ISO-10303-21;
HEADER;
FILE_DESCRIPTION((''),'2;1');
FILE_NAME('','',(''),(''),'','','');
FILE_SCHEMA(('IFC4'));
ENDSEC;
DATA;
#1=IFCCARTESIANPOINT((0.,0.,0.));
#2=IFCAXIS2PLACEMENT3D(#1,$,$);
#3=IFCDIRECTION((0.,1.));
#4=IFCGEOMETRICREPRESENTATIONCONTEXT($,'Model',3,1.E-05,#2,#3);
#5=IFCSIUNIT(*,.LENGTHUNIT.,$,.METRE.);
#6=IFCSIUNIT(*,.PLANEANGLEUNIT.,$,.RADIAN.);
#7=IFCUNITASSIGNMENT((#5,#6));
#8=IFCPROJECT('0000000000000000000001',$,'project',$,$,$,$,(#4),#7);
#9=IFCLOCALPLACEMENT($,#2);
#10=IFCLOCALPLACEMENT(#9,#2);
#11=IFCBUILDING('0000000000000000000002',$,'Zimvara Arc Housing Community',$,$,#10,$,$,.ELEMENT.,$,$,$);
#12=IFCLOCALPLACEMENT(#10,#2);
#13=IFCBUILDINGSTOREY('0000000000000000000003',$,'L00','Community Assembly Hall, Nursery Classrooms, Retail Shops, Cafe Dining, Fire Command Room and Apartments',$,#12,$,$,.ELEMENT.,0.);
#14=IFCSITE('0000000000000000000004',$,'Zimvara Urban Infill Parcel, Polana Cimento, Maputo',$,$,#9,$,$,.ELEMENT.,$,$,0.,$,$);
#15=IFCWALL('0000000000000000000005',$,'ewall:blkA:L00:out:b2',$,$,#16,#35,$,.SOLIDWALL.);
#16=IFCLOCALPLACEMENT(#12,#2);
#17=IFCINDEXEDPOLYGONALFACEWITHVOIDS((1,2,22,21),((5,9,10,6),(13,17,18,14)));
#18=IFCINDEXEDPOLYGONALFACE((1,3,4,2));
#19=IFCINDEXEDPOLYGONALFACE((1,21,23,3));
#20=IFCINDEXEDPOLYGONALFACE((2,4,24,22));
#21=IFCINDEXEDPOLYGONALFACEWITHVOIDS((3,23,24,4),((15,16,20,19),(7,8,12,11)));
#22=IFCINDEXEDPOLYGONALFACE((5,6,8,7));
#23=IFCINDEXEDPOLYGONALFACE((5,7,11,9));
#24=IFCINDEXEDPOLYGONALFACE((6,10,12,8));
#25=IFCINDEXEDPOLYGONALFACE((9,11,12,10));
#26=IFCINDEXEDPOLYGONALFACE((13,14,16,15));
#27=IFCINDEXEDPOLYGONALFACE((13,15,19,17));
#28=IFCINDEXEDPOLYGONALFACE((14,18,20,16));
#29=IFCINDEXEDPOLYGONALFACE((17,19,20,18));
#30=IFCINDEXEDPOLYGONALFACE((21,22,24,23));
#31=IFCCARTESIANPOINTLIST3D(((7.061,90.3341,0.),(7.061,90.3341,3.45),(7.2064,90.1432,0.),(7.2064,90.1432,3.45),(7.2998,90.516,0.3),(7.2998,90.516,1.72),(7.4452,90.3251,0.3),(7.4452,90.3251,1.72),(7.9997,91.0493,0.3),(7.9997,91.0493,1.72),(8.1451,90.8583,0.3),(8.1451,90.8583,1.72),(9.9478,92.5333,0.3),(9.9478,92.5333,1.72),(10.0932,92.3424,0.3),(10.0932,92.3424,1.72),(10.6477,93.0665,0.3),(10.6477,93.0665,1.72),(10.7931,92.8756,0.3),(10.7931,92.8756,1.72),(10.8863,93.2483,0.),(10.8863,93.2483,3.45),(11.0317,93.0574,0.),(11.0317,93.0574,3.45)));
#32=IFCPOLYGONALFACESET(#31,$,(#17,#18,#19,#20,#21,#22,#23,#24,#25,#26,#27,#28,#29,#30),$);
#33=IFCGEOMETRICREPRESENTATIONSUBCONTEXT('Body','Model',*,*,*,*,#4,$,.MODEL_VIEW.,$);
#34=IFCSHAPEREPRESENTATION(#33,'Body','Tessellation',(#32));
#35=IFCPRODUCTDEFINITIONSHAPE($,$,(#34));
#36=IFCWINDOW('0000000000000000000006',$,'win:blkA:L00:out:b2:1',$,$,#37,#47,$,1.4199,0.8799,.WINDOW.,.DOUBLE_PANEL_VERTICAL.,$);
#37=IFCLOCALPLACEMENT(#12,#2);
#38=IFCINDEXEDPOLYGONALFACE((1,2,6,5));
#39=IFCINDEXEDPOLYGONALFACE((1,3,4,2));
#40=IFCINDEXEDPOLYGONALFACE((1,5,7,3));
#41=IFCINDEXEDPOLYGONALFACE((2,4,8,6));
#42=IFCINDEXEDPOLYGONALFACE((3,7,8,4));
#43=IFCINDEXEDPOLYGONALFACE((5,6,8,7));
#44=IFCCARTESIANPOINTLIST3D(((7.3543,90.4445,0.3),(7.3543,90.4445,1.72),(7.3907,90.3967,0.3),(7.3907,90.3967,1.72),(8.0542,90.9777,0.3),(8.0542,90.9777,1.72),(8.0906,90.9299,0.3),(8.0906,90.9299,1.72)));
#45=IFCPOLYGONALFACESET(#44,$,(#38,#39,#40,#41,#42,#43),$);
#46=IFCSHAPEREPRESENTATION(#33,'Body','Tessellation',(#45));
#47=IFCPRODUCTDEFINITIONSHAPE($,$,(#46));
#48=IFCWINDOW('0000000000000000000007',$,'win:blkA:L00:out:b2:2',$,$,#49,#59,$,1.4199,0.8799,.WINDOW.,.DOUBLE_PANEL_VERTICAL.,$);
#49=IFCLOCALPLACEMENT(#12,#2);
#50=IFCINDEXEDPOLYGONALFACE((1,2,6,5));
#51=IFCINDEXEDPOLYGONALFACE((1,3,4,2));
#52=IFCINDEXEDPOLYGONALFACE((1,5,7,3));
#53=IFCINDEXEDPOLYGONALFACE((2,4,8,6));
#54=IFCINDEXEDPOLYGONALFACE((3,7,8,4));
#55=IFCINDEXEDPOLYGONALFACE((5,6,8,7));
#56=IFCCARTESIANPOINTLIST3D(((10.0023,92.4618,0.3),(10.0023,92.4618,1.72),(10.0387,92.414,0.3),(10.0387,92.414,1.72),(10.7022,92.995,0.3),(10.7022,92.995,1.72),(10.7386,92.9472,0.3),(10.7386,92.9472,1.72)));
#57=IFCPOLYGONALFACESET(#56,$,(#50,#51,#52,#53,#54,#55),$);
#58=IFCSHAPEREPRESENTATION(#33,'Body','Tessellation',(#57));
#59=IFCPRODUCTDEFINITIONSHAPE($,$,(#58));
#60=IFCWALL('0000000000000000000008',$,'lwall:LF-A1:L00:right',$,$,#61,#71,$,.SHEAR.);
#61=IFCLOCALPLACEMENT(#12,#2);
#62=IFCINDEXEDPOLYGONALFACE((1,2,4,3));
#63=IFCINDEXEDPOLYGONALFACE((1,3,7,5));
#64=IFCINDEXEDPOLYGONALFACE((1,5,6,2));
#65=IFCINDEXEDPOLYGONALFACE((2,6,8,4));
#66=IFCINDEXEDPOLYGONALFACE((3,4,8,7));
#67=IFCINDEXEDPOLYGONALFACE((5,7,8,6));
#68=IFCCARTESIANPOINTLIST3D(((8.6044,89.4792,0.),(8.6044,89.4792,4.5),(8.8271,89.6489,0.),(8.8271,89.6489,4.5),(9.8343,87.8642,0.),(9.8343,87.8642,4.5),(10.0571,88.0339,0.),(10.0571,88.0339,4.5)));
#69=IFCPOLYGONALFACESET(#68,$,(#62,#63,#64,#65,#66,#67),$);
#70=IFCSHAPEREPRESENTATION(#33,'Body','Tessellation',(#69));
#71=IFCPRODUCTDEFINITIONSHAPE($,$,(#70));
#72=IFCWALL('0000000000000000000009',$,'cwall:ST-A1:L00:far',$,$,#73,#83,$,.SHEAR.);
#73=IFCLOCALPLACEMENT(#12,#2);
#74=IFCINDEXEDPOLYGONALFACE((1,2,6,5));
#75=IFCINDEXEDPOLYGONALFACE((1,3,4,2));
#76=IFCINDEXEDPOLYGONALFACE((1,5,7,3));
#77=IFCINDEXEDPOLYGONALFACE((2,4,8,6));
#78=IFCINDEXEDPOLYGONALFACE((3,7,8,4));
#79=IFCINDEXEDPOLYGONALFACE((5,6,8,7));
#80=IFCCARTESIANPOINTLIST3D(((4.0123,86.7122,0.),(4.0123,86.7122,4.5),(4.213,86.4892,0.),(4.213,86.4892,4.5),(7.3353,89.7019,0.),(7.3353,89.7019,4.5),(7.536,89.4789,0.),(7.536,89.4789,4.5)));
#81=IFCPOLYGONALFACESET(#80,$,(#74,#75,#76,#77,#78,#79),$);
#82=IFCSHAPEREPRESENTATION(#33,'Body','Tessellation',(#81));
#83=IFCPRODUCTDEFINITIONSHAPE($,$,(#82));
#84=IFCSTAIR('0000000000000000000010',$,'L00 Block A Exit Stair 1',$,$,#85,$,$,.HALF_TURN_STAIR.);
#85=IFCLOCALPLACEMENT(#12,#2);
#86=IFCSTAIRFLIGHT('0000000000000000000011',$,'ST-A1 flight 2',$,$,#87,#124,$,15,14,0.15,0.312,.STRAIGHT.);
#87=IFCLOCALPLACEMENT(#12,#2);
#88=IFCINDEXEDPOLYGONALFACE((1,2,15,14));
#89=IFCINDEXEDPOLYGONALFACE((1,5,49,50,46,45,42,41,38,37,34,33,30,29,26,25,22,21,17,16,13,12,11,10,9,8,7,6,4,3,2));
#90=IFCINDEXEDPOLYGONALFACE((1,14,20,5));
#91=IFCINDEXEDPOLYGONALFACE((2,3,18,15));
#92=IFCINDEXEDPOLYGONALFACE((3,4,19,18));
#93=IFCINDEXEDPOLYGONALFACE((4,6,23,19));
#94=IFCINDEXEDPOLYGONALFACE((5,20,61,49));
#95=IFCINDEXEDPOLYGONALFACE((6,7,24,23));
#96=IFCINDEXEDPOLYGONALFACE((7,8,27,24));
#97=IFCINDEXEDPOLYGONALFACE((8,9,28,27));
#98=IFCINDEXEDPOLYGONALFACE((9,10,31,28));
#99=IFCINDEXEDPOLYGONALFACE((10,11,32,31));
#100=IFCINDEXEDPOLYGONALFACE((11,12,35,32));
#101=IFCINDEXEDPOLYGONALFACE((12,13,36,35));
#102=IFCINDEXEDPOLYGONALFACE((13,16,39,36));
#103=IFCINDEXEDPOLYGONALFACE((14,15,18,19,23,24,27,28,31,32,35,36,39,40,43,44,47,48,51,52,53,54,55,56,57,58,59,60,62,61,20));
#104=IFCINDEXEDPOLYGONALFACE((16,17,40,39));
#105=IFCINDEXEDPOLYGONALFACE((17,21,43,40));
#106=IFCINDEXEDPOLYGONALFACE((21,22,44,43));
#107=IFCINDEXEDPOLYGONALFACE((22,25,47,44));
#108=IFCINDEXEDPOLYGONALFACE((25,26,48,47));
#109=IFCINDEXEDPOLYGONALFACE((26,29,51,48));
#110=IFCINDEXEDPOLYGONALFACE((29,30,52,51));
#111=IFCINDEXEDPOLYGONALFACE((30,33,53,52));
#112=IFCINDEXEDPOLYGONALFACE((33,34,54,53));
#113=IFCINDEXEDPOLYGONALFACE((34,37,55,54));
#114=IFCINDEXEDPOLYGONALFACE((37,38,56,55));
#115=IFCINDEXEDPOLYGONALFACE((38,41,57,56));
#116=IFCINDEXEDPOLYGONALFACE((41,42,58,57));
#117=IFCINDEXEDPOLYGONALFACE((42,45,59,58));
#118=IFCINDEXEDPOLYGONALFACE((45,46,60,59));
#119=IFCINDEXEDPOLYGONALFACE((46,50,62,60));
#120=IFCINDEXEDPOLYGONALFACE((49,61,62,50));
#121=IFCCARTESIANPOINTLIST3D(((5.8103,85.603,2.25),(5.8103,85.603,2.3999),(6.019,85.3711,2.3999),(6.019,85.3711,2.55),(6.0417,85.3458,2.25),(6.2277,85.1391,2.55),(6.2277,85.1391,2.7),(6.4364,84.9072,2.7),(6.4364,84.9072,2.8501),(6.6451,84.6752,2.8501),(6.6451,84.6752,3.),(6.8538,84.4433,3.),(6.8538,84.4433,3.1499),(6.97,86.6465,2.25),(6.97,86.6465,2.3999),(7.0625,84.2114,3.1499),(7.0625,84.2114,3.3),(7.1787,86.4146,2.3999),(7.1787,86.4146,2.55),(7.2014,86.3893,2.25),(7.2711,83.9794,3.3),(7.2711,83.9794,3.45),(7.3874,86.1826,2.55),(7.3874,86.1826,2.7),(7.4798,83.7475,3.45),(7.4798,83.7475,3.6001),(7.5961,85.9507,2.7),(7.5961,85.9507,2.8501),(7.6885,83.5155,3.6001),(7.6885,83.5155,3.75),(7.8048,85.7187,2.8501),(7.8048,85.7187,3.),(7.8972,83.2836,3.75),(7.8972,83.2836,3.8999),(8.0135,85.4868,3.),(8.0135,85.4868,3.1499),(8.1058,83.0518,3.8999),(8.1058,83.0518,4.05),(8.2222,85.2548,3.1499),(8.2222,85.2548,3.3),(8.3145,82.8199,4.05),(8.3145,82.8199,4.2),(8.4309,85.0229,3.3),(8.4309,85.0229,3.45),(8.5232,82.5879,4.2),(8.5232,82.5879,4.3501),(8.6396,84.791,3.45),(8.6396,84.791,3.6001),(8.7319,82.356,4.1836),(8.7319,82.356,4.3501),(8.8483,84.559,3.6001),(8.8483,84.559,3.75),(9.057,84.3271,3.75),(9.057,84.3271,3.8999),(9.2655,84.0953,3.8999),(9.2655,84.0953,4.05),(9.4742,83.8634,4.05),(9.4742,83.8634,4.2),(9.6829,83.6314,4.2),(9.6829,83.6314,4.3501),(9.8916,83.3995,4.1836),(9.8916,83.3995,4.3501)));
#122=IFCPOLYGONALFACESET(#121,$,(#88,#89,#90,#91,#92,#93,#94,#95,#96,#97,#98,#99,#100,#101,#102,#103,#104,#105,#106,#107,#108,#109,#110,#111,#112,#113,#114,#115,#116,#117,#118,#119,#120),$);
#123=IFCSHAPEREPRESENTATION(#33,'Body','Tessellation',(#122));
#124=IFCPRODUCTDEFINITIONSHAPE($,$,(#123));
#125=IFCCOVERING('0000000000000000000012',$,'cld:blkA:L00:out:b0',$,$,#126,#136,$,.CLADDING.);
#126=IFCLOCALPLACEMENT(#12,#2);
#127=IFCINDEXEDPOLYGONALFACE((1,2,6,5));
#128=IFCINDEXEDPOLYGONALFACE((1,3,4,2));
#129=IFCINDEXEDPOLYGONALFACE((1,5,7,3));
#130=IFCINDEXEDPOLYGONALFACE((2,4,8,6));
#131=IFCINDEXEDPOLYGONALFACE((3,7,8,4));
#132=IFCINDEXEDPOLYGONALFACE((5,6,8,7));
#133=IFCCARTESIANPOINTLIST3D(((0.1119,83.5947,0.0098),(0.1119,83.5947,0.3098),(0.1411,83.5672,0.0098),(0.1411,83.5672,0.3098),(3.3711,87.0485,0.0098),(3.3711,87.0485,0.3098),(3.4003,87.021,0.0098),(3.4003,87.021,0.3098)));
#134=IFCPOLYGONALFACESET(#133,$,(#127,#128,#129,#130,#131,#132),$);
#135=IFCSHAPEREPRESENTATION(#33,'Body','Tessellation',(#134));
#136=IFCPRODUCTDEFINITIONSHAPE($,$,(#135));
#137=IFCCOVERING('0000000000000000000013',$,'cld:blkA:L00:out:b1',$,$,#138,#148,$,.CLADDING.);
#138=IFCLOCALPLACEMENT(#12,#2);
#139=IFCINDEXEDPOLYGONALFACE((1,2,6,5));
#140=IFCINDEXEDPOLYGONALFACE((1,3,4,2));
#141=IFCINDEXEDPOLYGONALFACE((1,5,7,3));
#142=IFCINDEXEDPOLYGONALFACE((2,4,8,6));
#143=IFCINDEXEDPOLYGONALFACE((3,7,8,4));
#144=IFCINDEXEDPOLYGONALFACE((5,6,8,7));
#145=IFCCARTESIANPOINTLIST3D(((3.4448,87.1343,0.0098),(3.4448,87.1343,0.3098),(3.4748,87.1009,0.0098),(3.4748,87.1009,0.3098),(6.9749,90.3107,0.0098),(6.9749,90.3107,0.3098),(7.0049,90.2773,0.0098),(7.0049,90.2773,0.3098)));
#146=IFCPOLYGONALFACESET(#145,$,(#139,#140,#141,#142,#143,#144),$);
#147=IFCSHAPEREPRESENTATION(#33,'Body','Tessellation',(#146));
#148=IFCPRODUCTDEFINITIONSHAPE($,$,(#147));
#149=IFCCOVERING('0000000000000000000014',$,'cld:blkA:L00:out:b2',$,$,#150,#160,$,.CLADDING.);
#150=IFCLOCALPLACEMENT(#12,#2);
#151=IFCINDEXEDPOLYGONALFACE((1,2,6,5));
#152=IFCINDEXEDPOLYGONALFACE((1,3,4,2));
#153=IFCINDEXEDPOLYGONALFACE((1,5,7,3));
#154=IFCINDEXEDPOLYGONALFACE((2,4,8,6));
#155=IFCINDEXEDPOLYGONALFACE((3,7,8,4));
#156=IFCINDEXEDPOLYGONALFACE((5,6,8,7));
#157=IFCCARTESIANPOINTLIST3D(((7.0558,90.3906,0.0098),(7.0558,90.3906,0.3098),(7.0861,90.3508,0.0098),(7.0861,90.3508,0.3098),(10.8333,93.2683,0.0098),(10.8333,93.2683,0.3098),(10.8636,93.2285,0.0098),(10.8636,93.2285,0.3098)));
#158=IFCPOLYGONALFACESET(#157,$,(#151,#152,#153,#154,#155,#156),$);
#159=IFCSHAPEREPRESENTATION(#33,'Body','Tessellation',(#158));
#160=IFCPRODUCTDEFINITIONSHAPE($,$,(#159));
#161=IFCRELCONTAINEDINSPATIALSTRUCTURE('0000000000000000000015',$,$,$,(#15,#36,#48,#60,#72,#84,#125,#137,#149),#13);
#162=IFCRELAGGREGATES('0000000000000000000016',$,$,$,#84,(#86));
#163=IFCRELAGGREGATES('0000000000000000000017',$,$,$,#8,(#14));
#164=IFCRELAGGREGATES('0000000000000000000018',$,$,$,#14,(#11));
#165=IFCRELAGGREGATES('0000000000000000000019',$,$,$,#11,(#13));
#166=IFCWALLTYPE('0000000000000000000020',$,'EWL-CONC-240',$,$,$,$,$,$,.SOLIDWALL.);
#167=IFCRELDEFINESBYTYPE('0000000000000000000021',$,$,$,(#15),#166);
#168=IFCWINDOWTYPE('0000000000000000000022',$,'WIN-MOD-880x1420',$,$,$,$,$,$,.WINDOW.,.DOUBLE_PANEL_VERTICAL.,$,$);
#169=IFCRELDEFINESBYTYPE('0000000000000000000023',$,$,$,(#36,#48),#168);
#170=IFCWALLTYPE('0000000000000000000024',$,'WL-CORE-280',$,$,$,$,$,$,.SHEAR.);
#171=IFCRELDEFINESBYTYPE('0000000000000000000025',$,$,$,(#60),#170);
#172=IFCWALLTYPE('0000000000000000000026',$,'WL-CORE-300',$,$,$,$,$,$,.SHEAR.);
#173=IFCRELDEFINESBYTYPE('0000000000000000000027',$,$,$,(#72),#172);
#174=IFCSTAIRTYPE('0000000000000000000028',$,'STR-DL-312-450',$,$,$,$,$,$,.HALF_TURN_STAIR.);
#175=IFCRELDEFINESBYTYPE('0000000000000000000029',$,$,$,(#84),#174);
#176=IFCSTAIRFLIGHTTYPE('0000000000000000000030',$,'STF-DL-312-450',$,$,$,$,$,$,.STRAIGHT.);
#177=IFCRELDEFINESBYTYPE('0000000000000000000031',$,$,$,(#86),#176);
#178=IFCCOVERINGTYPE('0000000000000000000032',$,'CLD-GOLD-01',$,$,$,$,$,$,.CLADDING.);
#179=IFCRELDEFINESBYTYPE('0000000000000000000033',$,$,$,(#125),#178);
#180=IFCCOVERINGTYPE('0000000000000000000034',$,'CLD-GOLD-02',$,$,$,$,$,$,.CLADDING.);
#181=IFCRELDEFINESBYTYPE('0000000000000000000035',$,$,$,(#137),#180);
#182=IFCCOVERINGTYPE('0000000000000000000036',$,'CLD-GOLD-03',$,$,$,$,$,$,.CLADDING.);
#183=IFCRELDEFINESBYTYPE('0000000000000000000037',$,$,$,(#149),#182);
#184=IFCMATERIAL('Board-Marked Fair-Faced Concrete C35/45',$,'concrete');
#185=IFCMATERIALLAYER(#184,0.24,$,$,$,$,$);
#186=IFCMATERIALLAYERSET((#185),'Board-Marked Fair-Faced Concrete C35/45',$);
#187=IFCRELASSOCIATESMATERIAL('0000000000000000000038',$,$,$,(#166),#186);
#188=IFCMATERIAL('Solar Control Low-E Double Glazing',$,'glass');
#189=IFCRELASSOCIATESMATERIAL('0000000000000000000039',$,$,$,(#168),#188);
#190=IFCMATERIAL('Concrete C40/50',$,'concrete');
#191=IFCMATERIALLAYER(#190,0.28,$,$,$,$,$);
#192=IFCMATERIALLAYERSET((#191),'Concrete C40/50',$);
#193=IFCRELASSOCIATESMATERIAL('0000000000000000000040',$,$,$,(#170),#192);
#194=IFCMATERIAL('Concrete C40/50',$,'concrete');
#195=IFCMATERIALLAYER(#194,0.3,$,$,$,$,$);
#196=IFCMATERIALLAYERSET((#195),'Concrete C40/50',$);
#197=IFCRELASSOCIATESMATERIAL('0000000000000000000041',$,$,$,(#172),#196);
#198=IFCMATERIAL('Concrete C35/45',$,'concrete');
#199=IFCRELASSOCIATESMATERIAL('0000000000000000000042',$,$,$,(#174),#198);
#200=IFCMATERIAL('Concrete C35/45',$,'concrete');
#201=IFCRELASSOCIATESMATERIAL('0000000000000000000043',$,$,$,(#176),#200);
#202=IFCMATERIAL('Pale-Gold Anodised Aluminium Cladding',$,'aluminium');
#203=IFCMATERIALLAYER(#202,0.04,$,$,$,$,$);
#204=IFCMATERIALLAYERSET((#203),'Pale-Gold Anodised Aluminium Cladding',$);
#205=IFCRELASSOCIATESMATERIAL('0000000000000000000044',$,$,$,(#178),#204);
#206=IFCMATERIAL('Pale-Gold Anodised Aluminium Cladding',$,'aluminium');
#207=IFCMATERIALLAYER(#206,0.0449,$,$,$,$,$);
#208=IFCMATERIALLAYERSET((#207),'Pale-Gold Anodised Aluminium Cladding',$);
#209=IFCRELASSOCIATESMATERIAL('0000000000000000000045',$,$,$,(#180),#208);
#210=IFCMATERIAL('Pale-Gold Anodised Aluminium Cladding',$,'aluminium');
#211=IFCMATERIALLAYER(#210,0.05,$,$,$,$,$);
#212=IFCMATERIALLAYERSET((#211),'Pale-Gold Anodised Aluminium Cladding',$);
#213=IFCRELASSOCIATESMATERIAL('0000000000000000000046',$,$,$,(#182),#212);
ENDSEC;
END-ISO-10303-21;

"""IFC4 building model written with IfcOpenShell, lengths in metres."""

from ifc_helpers import new_model, si_unit, direction, frame, frame_2d, origin, origin_2d, place, context, subcontext, project, spatial, polyline, rectangle, outline, extrude, material, layer, layer_set, type_object, element, fill, aggregate, save


model = new_model("IFC4")

# Units and contexts
model_context = context("Model", 3, precision=1e-05, world=origin(), true_north=direction((0.0, 1.0)))
body_context = subcontext(model_context, "Body", "Model", "MODEL_VIEW")
ifc_project = project(units=[si_unit("LENGTHUNIT", "METRE"), si_unit("PLANEANGLEUNIT", "RADIAN")], contexts=[model_context])

# Site, building, storey
site_placement = place(None, origin())
site = spatial("IfcSite", under=ifc_project, at=site_placement, Name="Zimvara Urban Infill Parcel, Polana Cimento, Maputo", CompositionType="ELEMENT", RefElevation=0.0)
building_placement = place(site_placement, origin())
building = spatial("IfcBuilding", under=site, at=building_placement, Name="Zimvara Arc Housing Community", CompositionType="ELEMENT")
storey_placement = place(building_placement, origin())
storey = spatial("IfcBuildingStorey", under=building, at=storey_placement, Name="L00", Description="Community Assembly Hall, Nursery Classrooms, Retail Shops, Cafe Dining, Fire Command Room and Apartments", CompositionType="ELEMENT", Elevation=0.0)

# Wall, openings, windows
ifc_material_1 = material(Name="Board-Marked Fair-Faced Concrete C35/45", Category="concrete")
ifc_layer_1 = layer(ifc_material_1, 0.24)
ifc_layer_set_1 = layer_set([ifc_layer_1], Name="Board-Marked Fair-Faced Concrete C35/45")
wall_type_1 = type_object("IfcWallType", Name="EWL-CONC-240", PredefinedType="SOLIDWALL", material=ifc_layer_set_1)
wall_1_placement = place(storey_placement, frame((7.1338, 90.2388, 0.0), z_axis=(0.0, 0.0, 1.0), x_axis=(0.795469, 0.605994, 0.0)))
wall_1 = element("IfcWall", 1, at=wall_1_placement, inside=storey, type_object=wall_type_1, Name="ewall:blkA:L00:out:b2", PredefinedType="SOLIDWALL", context=body_context, shape_type="SweptSolid", body=[
    extrude(rectangle(XDim=4.8088, YDim=0.24, at=frame_2d((2.4043, 0.0))), origin(), (0.0, 0.0, 1.0), 3.45),
])
opening_1_placement = place(wall_1_placement, frame((0.3, 0.0, 0.3)))
opening_1 = element("IfcOpeningElement", 2, at=opening_1_placement, cuts=wall_1, PredefinedType="OPENING", context=body_context, shape_type="SweptSolid", body=[
    extrude(rectangle(XDim=0.8799, YDim=1.4199, at=frame_2d((0.4399, 0.71))), frame((0.0, 0.1299, 0.0), z_axis=(0.0, -1.0, 0.0), x_axis=(1.0, 0.0, 0.0)), (0.0, 0.0, 1.0), 0.26),
])
opening_2_placement = place(wall_1_placement, frame((3.6289, 0.0, 0.3)))
opening_2 = element("IfcOpeningElement", 3, at=opening_2_placement, cuts=wall_1, PredefinedType="OPENING", context=body_context, shape_type="SweptSolid", body=[
    extrude(rectangle(XDim=0.8799, YDim=1.4199, at=frame_2d((0.4399, 0.71))), frame((0.0, 0.1299, 0.0), z_axis=(0.0, -1.0, 0.0), x_axis=(1.0, 0.0, 0.0)), (0.0, 0.0, 1.0), 0.26),
])
ifc_material_2 = material(Name="Solar Control Low-E Double Glazing", Category="glass")
window_type = type_object("IfcWindowType", Name="WIN-MOD-880x1420", PartitioningType="DOUBLE_PANEL_VERTICAL", PredefinedType="WINDOW", material=ifc_material_2)
window_1_placement = place(opening_1_placement, origin())
window_1 = element("IfcWindow", 4, at=window_1_placement, inside=storey, type_object=window_type, Name="win:blkA:L00:out:b2:1", OverallHeight=1.4199, OverallWidth=0.8799, PartitioningType="DOUBLE_PANEL_VERTICAL", PredefinedType="WINDOW", context=body_context, shape_type="SweptSolid", body=[
    extrude(rectangle(XDim=0.8799, YDim=1.4199, at=frame_2d((0.4399, 0.71))), frame((0.0, 0.03, 0.0), z_axis=(0.0, -1.0, 0.0), x_axis=(1.0, 0.0, 0.0)), (0.0, 0.0, 1.0), 0.0601),
])
fill(opening_1, window_1)
window_2_placement = place(opening_2_placement, origin())
window_2 = element("IfcWindow", 5, at=window_2_placement, inside=storey, type_object=window_type, Name="win:blkA:L00:out:b2:2", OverallHeight=1.4199, OverallWidth=0.8799, PartitioningType="DOUBLE_PANEL_VERTICAL", PredefinedType="WINDOW", context=body_context, shape_type="SweptSolid", body=[
    extrude(rectangle(XDim=0.8799, YDim=1.4199, at=frame_2d((0.4399, 0.71))), frame((0.0, 0.03, 0.0), z_axis=(0.0, -1.0, 0.0), x_axis=(1.0, 0.0, 0.0)), (0.0, 0.0, 1.0), 0.0601),
])
fill(opening_2, window_2)

# Walls
ifc_material_3 = material(Name="Concrete C40/50", Category="concrete")
ifc_layer_2 = layer(ifc_material_3, 0.28)
ifc_layer_set_2 = layer_set([ifc_layer_2], Name="Concrete C40/50")
wall_type_2 = type_object("IfcWallType", Name="WL-CORE-280", PredefinedType="SHEAR", material=ifc_layer_set_2)
wall_2_placement = place(storey_placement, frame((9.9458, 87.949, 0.0), z_axis=(0.0, 0.0, 1.0), x_axis=(-0.605891, 0.795548, 0.0)))
element("IfcWall", 6, at=wall_2_placement, inside=storey, type_object=wall_type_2, Name="lwall:LF-A1:L00:right", PredefinedType="SHEAR", context=body_context, shape_type="SweptSolid", body=[
    extrude(rectangle(XDim=2.03, YDim=0.28, at=frame_2d((1.0151, 0.0))), origin(), (0.0, 0.0, 1.0), 4.5),
])
ifc_material_4 = material(Name="Concrete C40/50", Category="concrete")
ifc_layer_3 = layer(ifc_material_4, 0.3)
ifc_layer_set_3 = layer_set([ifc_layer_3], Name="Concrete C40/50")
wall_type_3 = type_object("IfcWallType", Name="WL-CORE-300", PredefinedType="SHEAR", material=ifc_layer_set_3)
wall_3_placement = place(storey_placement, frame((7.4355, 89.5903, 0.0), z_axis=(0.0, 0.0, 1.0), x_axis=(-0.7434, -0.668847, 0.0)))
element("IfcWall", 7, at=wall_3_placement, inside=storey, type_object=wall_type_3, Name="cwall:ST-A1:L00:far", PredefinedType="SHEAR", context=body_context, shape_type="SweptSolid", body=[
    extrude(rectangle(XDim=4.47, YDim=0.3, at=frame_2d((2.2349, 0.0))), origin(), (0.0, 0.0, 1.0), 4.5),
])

# Stair, stair flight
ifc_material_5 = material(Name="Concrete C35/45", Category="concrete")
stair_type = type_object("IfcStairType", Name="STR-DL-312-450", PredefinedType="HALF_TURN_STAIR", material=ifc_material_5)
stair_placement = place(storey_placement, origin())
stair = element("IfcStair", 8, at=stair_placement, inside=storey, type_object=stair_type, Name="L00 Block A Exit Stair 1", PredefinedType="HALF_TURN_STAIR")
ifc_material_6 = material(Name="Concrete C35/45", Category="concrete")
stair_flight_type = type_object("IfcStairFlightType", Name="STF-DL-312-450", PredefinedType="STRAIGHT", material=ifc_material_6)
stair_flight_placement = place(storey_placement, frame((6.3901, 86.1248, 2.25), z_axis=(0.0, 0.0, 1.0), x_axis=(0.668871, -0.743378, 0.0)))
stair_flight = element("IfcStairFlight", 9, at=stair_flight_placement, type_object=stair_flight_type, Name="ST-A1 flight 2", NumberOfRisers=15, NumberOfTreads=14, PredefinedType="STRAIGHT", RiserHeight=0.15, TreadLength=0.312, context=body_context, shape_type="SweptSolid", body=[
    extrude(outline(polyline([(0.0, 0.0), (0.0, 0.1499), (0.312, 0.1499), (0.312, 0.3), (0.624, 0.3), (0.624, 0.45), (0.936, 0.45), (0.936, 0.6001), (1.248, 0.6001), (1.248, 0.75), (1.5601, 0.75), (1.5601, 0.8999), (1.8721, 0.8999), (1.8721, 1.05), (2.1841, 1.05), (2.1841, 1.2), (2.4961, 1.2), (2.4961, 1.3501), (2.8081, 1.3501), (2.8081, 1.5), (3.1201, 1.5), (3.1201, 1.6499), (3.4319, 1.6499), (3.4319, 1.8), (3.7439, 1.8), (3.7439, 1.95), (4.0559, 1.95), (4.0559, 2.1001), (4.3679, 2.1001), (4.3679, 2.25), (4.3679, 1.9336), (0.3459, 0.0), (0.0, 0.0)])), frame((0.0, 0.78, 0.0), z_axis=(0.0, -1.0, 0.0), x_axis=(1.0, 0.0, 0.0)), (0.0, 0.0, 1.0), 1.5601),
])
aggregate(stair, [stair_flight])

# Coverings
ifc_material_7 = material(Name="Pale-Gold Anodised Aluminium Cladding", Category="aluminium")
ifc_layer_4 = layer(ifc_material_7, 0.04)
ifc_layer_set_4 = layer_set([ifc_layer_4], Name="Pale-Gold Anodised Aluminium Cladding")
covering_type_1 = type_object("IfcCoveringType", Name="CLD-GOLD-01", PredefinedType="CLADDING", material=ifc_layer_set_4)
covering_1_placement = place(storey_placement, frame((1.7561, 85.3079, 0.0098), z_axis=(0.0, 0.0, 1.0), x_axis=(0.686326, 0.727294, 0.0)))
element("IfcCovering", 10, at=covering_1_placement, inside=storey, type_object=covering_type_1, Name="cld:blkA:L00:out:b0", PredefinedType="CLADDING", context=body_context, shape_type="SweptSolid", body=[
    extrude(rectangle(XDim=4.7488, YDim=0.04, at=origin_2d()), origin(), (0.0, 0.0, 1.0), 0.3),
])
ifc_material_8 = material(Name="Pale-Gold Anodised Aluminium Cladding", Category="aluminium")
ifc_layer_5 = layer(ifc_material_8, 0.0449)
ifc_layer_set_5 = layer_set([ifc_layer_5], Name="Pale-Gold Anodised Aluminium Cladding")
covering_type_2 = type_object("IfcCoveringType", Name="CLD-GOLD-02", PredefinedType="CLADDING", material=ifc_layer_set_5)
covering_2_placement = place(storey_placement, frame((5.2249, 88.7058, 0.0098), z_axis=(0.0, 0.0, 1.0), x_axis=(0.743377, 0.668872, 0.0)))
element("IfcCovering", 11, at=covering_2_placement, inside=storey, type_object=covering_type_2, Name="cld:blkA:L00:out:b1", PredefinedType="CLADDING", context=body_context, shape_type="SweptSolid", body=[
    extrude(rectangle(XDim=4.7488, YDim=0.0449, at=origin_2d()), origin(), (0.0, 0.0, 1.0), 0.3),
])
ifc_material_9 = material(Name="Pale-Gold Anodised Aluminium Cladding", Category="aluminium")
ifc_layer_6 = layer(ifc_material_9, 0.05)
ifc_layer_set_6 = layer_set([ifc_layer_6], Name="Pale-Gold Anodised Aluminium Cladding")
covering_type_3 = type_object("IfcCoveringType", Name="CLD-GOLD-03", PredefinedType="CLADDING", material=ifc_layer_set_6)
covering_3_placement = place(storey_placement, frame((8.9597, 91.8096, 0.0098), z_axis=(0.0, 0.0, 1.0), x_axis=(0.795475, 0.605987, 0.0)))
element("IfcCovering", 12, at=covering_3_placement, inside=storey, type_object=covering_type_3, Name="cld:blkA:L00:out:b2", PredefinedType="CLADDING", context=body_context, shape_type="SweptSolid", body=[
    extrude(rectangle(XDim=4.7488, YDim=0.05, at=origin_2d()), origin(), (0.0, 0.0, 1.0), 0.3),
])

save(model, "model.ifc")
